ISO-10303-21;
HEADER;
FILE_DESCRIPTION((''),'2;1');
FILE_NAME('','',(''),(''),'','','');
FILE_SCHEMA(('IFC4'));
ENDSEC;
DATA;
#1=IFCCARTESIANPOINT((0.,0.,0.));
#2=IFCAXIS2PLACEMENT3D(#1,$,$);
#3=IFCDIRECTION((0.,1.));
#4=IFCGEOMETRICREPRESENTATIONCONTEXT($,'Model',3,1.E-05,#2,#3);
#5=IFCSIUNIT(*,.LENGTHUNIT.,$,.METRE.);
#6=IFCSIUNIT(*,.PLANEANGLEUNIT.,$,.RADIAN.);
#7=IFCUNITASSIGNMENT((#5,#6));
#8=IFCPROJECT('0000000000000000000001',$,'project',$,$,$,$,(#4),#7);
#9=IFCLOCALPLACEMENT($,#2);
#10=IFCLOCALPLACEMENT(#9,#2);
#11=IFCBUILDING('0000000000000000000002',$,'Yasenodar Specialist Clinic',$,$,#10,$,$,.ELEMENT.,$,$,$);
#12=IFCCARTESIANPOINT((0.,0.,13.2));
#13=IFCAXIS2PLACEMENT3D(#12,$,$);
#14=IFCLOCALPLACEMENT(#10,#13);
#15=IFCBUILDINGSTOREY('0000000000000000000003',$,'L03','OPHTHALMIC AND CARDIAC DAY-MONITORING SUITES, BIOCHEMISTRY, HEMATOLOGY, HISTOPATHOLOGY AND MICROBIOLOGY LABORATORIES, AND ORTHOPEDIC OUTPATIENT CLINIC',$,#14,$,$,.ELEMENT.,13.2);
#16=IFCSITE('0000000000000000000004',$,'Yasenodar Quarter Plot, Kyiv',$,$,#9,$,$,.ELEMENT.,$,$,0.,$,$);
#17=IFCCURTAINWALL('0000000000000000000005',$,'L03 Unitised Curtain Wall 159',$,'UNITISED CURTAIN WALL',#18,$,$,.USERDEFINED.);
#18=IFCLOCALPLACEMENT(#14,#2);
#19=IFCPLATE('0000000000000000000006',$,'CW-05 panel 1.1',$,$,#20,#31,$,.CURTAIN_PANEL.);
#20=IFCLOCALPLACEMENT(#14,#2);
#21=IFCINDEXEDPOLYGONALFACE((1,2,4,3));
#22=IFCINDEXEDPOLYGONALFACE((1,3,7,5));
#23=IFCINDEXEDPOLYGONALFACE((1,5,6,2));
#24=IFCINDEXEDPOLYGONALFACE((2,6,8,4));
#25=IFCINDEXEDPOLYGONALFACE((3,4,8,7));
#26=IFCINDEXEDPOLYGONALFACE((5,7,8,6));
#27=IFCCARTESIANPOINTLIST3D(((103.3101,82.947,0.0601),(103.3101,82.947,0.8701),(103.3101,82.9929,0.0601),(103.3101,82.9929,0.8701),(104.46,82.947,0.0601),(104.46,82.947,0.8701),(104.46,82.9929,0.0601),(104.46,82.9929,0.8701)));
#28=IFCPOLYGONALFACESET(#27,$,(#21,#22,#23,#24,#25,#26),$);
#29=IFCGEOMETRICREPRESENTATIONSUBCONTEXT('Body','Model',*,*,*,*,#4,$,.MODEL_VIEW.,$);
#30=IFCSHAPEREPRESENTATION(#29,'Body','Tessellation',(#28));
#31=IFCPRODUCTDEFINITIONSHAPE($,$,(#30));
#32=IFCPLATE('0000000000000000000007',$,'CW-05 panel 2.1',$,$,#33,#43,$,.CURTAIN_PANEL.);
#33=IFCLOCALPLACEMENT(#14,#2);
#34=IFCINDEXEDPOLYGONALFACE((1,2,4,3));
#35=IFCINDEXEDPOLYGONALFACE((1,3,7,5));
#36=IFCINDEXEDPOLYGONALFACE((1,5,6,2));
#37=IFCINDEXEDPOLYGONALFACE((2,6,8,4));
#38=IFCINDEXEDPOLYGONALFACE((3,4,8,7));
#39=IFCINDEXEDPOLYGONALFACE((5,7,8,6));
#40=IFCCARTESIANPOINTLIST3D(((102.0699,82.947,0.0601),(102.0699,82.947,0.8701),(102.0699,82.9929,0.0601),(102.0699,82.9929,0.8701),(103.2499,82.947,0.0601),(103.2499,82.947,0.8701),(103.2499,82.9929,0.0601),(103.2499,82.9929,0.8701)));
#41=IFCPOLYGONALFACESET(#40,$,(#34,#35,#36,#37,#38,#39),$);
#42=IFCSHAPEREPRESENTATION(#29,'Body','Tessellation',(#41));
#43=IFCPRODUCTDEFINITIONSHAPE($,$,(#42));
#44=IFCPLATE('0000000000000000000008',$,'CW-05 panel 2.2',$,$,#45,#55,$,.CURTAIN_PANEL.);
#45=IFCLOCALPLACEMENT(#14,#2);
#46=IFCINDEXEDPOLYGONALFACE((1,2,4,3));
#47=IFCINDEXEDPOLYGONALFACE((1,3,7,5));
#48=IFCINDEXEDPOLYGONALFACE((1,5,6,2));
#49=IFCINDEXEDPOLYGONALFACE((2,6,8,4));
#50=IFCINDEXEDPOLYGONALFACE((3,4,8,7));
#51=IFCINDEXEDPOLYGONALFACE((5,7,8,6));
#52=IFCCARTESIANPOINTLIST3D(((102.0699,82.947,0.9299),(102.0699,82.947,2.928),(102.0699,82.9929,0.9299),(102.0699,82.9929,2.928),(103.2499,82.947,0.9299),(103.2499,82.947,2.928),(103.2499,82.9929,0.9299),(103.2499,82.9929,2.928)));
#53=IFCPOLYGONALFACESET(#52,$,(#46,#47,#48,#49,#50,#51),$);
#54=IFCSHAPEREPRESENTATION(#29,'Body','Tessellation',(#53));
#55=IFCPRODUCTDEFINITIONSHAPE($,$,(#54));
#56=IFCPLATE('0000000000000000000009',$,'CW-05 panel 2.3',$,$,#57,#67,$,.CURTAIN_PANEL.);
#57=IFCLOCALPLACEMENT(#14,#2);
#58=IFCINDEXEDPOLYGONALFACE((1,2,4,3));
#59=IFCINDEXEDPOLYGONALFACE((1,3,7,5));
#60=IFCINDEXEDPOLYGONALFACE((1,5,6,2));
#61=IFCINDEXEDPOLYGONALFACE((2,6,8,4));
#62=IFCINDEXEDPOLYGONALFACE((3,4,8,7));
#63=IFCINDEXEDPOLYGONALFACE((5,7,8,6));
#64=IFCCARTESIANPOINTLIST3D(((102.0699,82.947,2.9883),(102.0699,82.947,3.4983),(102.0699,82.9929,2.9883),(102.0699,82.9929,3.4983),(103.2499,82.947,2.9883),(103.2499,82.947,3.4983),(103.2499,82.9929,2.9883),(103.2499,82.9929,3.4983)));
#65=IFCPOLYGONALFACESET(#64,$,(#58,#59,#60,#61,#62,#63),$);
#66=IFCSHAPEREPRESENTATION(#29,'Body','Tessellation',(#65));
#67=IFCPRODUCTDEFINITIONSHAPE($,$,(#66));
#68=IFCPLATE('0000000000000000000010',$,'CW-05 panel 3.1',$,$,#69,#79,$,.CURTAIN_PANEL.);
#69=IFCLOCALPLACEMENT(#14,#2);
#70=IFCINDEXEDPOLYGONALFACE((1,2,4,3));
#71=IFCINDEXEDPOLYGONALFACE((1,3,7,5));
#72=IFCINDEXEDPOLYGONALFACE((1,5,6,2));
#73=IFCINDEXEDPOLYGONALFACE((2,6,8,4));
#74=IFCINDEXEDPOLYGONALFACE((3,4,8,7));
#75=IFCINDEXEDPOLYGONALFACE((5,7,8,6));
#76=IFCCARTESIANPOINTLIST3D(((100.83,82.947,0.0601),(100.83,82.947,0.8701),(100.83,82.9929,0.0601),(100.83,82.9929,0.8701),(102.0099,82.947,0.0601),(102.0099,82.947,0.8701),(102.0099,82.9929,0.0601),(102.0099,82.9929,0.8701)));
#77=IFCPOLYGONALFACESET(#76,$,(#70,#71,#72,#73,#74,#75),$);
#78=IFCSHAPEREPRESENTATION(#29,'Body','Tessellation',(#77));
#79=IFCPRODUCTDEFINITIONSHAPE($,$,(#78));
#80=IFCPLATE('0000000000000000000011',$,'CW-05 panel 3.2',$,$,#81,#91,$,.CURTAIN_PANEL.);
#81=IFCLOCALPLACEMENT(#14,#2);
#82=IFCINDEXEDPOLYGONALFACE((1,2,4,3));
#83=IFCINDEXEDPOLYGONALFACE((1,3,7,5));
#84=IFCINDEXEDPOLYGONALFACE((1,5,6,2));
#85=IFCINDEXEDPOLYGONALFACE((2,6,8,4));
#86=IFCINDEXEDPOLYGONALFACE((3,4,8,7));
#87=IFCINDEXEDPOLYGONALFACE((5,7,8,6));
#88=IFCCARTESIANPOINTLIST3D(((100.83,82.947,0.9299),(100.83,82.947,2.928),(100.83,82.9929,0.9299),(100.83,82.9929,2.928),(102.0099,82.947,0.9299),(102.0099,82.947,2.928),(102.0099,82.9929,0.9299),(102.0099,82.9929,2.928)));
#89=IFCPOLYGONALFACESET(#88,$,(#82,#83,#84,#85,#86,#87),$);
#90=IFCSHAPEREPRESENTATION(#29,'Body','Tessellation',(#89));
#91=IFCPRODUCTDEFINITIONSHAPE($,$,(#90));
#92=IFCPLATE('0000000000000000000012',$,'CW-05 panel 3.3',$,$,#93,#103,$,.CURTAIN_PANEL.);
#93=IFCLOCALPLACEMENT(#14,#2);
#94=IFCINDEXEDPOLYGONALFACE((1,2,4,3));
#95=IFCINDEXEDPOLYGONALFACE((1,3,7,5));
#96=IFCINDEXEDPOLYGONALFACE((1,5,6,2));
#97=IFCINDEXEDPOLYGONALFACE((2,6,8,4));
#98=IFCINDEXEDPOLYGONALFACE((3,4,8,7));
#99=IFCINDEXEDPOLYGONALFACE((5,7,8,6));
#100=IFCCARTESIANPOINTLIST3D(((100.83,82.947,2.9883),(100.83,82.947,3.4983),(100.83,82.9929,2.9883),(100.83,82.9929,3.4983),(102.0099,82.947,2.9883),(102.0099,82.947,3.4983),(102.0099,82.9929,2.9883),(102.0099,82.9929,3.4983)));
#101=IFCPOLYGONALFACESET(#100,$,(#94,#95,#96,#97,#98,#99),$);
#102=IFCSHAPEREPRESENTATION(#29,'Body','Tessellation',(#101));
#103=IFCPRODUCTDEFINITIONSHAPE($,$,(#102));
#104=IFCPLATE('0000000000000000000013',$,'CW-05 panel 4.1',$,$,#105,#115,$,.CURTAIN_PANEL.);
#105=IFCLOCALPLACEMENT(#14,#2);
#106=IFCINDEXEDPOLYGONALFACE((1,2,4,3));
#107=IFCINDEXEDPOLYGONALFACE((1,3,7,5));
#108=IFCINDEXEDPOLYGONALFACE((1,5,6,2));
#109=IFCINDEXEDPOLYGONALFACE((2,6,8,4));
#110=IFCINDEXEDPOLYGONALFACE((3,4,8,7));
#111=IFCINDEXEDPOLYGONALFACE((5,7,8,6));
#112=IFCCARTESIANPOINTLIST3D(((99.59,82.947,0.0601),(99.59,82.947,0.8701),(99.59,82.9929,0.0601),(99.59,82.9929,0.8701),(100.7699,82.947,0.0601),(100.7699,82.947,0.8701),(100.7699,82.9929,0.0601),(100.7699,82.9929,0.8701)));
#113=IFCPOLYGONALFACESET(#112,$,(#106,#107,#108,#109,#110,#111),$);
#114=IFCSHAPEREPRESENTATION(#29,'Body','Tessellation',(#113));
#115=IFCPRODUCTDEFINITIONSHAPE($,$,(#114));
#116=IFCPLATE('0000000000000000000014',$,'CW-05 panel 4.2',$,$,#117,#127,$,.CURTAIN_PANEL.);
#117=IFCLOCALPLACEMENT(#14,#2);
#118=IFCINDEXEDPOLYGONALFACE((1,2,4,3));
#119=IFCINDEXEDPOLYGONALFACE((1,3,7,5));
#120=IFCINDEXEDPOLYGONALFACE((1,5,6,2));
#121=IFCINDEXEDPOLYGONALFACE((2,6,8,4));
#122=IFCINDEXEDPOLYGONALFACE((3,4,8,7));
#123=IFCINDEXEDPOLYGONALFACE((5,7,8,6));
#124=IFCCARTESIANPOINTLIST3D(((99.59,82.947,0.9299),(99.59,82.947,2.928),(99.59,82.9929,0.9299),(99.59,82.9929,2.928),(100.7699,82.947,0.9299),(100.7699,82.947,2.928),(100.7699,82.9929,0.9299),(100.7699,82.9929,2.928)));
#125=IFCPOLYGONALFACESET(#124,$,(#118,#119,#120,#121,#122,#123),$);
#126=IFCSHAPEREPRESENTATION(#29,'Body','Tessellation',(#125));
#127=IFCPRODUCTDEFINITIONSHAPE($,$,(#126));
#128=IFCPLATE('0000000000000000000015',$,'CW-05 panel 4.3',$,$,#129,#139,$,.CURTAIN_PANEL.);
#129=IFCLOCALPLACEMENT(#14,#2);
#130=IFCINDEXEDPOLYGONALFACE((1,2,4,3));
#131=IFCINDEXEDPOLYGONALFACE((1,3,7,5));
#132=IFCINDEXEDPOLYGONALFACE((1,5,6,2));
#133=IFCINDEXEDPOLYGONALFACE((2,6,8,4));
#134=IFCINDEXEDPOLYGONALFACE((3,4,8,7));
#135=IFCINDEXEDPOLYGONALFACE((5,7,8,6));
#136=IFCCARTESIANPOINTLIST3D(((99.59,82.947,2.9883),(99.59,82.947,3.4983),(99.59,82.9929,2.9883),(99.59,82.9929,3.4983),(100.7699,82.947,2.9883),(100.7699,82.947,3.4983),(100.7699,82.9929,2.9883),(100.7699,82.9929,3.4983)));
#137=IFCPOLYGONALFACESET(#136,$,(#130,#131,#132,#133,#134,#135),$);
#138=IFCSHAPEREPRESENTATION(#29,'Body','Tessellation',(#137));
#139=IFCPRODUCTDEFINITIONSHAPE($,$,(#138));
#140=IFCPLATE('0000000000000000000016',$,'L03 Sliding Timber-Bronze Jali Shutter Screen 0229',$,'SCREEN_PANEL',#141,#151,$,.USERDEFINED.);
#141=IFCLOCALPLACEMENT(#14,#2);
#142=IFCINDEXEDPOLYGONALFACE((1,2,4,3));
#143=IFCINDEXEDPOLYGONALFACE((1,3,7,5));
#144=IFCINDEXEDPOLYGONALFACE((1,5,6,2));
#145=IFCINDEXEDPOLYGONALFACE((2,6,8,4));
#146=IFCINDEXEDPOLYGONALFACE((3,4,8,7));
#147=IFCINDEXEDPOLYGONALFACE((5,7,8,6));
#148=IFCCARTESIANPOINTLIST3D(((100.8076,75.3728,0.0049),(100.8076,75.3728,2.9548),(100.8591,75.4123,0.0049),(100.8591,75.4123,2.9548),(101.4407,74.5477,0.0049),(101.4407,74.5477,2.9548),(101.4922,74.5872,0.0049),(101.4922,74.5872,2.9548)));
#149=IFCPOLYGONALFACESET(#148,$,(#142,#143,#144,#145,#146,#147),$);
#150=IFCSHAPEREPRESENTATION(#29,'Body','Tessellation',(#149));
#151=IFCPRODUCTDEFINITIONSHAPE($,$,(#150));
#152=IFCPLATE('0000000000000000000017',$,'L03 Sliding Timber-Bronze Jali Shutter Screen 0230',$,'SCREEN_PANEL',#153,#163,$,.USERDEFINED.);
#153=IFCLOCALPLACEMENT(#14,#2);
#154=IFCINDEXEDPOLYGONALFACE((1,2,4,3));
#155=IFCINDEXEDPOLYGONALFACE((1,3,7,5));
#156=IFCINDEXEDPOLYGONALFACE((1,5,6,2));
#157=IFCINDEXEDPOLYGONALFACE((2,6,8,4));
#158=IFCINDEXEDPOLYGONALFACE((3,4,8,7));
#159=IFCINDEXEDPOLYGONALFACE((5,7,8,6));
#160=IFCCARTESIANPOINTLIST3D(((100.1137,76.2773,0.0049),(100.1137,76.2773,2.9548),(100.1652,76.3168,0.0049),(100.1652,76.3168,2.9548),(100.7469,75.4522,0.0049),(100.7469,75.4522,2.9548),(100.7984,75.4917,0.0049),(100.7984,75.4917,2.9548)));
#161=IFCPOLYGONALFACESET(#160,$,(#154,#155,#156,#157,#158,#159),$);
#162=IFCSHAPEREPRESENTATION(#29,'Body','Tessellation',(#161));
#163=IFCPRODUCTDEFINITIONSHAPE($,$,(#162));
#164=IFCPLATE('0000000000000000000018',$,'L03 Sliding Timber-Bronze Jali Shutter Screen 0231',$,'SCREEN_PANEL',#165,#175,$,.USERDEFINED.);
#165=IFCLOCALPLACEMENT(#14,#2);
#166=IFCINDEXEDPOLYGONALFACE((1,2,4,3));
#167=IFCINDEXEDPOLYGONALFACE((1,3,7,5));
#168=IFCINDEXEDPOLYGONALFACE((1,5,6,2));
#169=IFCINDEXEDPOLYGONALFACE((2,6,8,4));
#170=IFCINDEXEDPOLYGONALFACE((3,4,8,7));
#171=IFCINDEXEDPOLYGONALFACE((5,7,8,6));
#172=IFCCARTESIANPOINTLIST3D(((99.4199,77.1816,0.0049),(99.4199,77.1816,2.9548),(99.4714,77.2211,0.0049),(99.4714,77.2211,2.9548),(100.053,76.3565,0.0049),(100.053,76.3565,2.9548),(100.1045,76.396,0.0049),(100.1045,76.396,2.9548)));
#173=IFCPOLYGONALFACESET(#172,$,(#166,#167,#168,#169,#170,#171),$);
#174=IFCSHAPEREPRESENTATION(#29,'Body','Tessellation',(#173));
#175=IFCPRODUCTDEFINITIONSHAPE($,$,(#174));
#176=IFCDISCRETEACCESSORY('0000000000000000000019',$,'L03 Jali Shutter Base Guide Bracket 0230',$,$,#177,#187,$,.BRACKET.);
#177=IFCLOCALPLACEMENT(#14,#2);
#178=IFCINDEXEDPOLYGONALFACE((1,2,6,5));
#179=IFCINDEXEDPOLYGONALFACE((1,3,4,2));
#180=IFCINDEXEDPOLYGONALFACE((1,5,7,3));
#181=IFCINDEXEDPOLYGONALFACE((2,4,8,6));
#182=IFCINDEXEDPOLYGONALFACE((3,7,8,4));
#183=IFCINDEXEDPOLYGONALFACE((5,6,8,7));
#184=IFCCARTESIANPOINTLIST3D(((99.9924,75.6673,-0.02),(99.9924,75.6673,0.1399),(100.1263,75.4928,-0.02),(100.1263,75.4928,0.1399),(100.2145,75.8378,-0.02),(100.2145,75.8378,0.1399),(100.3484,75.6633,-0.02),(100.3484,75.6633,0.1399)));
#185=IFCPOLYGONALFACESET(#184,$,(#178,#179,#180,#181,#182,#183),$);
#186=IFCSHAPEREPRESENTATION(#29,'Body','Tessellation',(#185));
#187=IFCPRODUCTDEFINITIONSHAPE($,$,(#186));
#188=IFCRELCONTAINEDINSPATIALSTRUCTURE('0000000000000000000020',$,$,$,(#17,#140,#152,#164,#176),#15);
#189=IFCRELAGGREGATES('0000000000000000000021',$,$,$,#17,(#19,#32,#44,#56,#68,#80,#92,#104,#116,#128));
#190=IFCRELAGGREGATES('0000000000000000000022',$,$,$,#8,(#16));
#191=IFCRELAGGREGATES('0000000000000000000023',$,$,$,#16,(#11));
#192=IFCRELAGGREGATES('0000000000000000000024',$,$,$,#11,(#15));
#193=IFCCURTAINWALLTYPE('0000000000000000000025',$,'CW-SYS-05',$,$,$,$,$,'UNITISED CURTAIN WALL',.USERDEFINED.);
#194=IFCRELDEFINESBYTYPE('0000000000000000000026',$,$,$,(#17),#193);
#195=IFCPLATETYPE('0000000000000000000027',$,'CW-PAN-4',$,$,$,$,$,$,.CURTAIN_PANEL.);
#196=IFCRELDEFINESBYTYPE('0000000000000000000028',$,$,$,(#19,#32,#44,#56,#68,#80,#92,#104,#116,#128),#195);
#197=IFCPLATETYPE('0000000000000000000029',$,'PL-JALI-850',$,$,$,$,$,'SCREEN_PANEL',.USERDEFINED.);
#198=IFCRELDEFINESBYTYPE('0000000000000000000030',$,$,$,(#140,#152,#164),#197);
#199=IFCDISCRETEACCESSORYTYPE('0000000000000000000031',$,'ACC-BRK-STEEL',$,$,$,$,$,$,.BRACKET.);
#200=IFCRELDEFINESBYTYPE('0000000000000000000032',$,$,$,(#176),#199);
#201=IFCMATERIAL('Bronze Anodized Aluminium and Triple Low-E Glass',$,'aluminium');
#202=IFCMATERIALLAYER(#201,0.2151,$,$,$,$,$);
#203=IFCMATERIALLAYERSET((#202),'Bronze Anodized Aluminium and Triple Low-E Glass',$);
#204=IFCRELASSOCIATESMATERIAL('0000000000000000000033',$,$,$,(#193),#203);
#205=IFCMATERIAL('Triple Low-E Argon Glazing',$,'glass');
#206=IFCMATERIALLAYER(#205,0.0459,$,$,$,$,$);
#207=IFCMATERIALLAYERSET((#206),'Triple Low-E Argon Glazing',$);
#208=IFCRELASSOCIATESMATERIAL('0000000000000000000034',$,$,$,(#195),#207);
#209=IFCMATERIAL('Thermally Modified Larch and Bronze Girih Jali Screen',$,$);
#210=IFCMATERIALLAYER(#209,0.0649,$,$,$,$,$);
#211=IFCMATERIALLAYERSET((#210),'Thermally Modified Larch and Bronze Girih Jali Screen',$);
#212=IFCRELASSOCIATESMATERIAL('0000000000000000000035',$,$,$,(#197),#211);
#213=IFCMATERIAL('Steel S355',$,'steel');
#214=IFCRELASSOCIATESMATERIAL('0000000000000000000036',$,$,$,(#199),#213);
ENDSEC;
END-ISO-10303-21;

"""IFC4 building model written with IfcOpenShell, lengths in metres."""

from ifc_helpers import new_model, si_unit, direction, frame, origin, origin_2d, place, context, subcontext, project, spatial, rectangle, extrude, material, layer, layer_set, type_object, element, aggregate, save


model = new_model("IFC4")

# Units and contexts
model_context = context("Model", 3, precision=1e-05, world=origin(), true_north=direction((0.0, 1.0)))
body_context = subcontext(model_context, "Body", "Model", "MODEL_VIEW")
ifc_project = project(units=[si_unit("LENGTHUNIT", "METRE"), si_unit("PLANEANGLEUNIT", "RADIAN")], contexts=[model_context])

# Site, building, storey
site_placement = place(None, origin())
site = spatial("IfcSite", under=ifc_project, at=site_placement, Name="Yasenodar Quarter Plot, Kyiv", CompositionType="ELEMENT", RefElevation=0.0)
building_placement = place(site_placement, origin())
building = spatial("IfcBuilding", under=site, at=building_placement, Name="Yasenodar Specialist Clinic", CompositionType="ELEMENT")
storey_placement = place(building_placement, frame((0.0, 0.0, 13.2)))
storey = spatial("IfcBuildingStorey", under=building, at=storey_placement, Name="L03", Description="OPHTHALMIC AND CARDIAC DAY-MONITORING SUITES, BIOCHEMISTRY, HEMATOLOGY, HISTOPATHOLOGY AND MICROBIOLOGY LABORATORIES, AND ORTHOPEDIC OUTPATIENT CLINIC", CompositionType="ELEMENT", Elevation=13.2)

# Curtain wall, plates
ifc_material_1 = material(Name="Bronze Anodized Aluminium and Triple Low-E Glass", Category="aluminium")
ifc_layer_1 = layer(ifc_material_1, 0.2151)
ifc_layer_set_1 = layer_set([ifc_layer_1], Name="Bronze Anodized Aluminium and Triple Low-E Glass")
curtain_wall_type = type_object("IfcCurtainWallType", Name="CW-SYS-05", ElementType="UNITISED CURTAIN WALL", PredefinedType="USERDEFINED", material=ifc_layer_set_1)
curtain_wall_placement = place(storey_placement, origin())
curtain_wall = element("IfcCurtainWall", 1, at=curtain_wall_placement, inside=storey, type_object=curtain_wall_type, Name="L03 Unitised Curtain Wall 159", ObjectType="UNITISED CURTAIN WALL", PredefinedType="USERDEFINED")
ifc_material_2 = material(Name="Triple Low-E Argon Glazing", Category="glass")
ifc_layer_2 = layer(ifc_material_2, 0.0459)
ifc_layer_set_2 = layer_set([ifc_layer_2], Name="Triple Low-E Argon Glazing")
plate_type_1 = type_object("IfcPlateType", Name="CW-PAN-4", PredefinedType="CURTAIN_PANEL", material=ifc_layer_set_2)
plate_1_placement = place(storey_placement, frame((103.885, 82.97, 0.0601), z_axis=(0.0, 0.0, 1.0), x_axis=(-1.0, 0.0, 0.0)))
plate_1 = element("IfcPlate", 2, at=plate_1_placement, type_object=plate_type_1, Name="CW-05 panel 1.1", PredefinedType="CURTAIN_PANEL", context=body_context, shape_type="SweptSolid", body=[
    extrude(rectangle(XDim=1.1499, YDim=0.0459, at=origin_2d()), origin(), (0.0, 0.0, 1.0), 0.8101),
])
plate_2_placement = place(storey_placement, frame((102.6599, 82.97, 0.0601), z_axis=(0.0, 0.0, 1.0), x_axis=(-1.0, 0.0, 0.0)))
plate_2 = element("IfcPlate", 3, at=plate_2_placement, type_object=plate_type_1, Name="CW-05 panel 2.1", PredefinedType="CURTAIN_PANEL", context=body_context, shape_type="SweptSolid", body=[
    extrude(rectangle(XDim=1.1799, YDim=0.0459, at=origin_2d()), origin(), (0.0, 0.0, 1.0), 0.8101),
])
plate_3_placement = place(storey_placement, frame((102.6599, 82.97, 0.9299), z_axis=(0.0, 0.0, 1.0), x_axis=(-1.0, 0.0, 0.0)))
plate_3 = element("IfcPlate", 4, at=plate_3_placement, type_object=plate_type_1, Name="CW-05 panel 2.2", PredefinedType="CURTAIN_PANEL", context=body_context, shape_type="SweptSolid", body=[
    extrude(rectangle(XDim=1.1799, YDim=0.0459, at=origin_2d()), origin(), (0.0, 0.0, 1.0), 1.998),
])
plate_4_placement = place(storey_placement, frame((102.6599, 82.97, 2.9883), z_axis=(0.0, 0.0, 1.0), x_axis=(-1.0, 0.0, 0.0)))
plate_4 = element("IfcPlate", 5, at=plate_4_placement, type_object=plate_type_1, Name="CW-05 panel 2.3", PredefinedType="CURTAIN_PANEL", context=body_context, shape_type="SweptSolid", body=[
    extrude(rectangle(XDim=1.1799, YDim=0.0459, at=origin_2d()), origin(), (0.0, 0.0, 1.0), 0.51),
])
plate_5_placement = place(storey_placement, frame((101.4199, 82.97, 0.0601), z_axis=(0.0, 0.0, 1.0), x_axis=(-1.0, 0.0, 0.0)))
plate_5 = element("IfcPlate", 6, at=plate_5_placement, type_object=plate_type_1, Name="CW-05 panel 3.1", PredefinedType="CURTAIN_PANEL", context=body_context, shape_type="SweptSolid", body=[
    extrude(rectangle(XDim=1.1799, YDim=0.0459, at=origin_2d()), origin(), (0.0, 0.0, 1.0), 0.8101),
])
plate_6_placement = place(storey_placement, frame((101.4199, 82.97, 0.9299), z_axis=(0.0, 0.0, 1.0), x_axis=(-1.0, 0.0, 0.0)))
plate_6 = element("IfcPlate", 7, at=plate_6_placement, type_object=plate_type_1, Name="CW-05 panel 3.2", PredefinedType="CURTAIN_PANEL", context=body_context, shape_type="SweptSolid", body=[
    extrude(rectangle(XDim=1.1799, YDim=0.0459, at=origin_2d()), origin(), (0.0, 0.0, 1.0), 1.998),
])
plate_7_placement = place(storey_placement, frame((101.4199, 82.97, 2.9883), z_axis=(0.0, 0.0, 1.0), x_axis=(-1.0, 0.0, 0.0)))
plate_7 = element("IfcPlate", 8, at=plate_7_placement, type_object=plate_type_1, Name="CW-05 panel 3.3", PredefinedType="CURTAIN_PANEL", context=body_context, shape_type="SweptSolid", body=[
    extrude(rectangle(XDim=1.1799, YDim=0.0459, at=origin_2d()), origin(), (0.0, 0.0, 1.0), 0.51),
])
plate_8_placement = place(storey_placement, frame((100.1799, 82.97, 0.0601), z_axis=(0.0, 0.0, 1.0), x_axis=(-1.0, 0.0, 0.0)))
plate_8 = element("IfcPlate", 9, at=plate_8_placement, type_object=plate_type_1, Name="CW-05 panel 4.1", PredefinedType="CURTAIN_PANEL", context=body_context, shape_type="SweptSolid", body=[
    extrude(rectangle(XDim=1.1799, YDim=0.0459, at=origin_2d()), origin(), (0.0, 0.0, 1.0), 0.8101),
])
plate_9_placement = place(storey_placement, frame((100.1799, 82.97, 0.9299), z_axis=(0.0, 0.0, 1.0), x_axis=(-1.0, 0.0, 0.0)))
plate_9 = element("IfcPlate", 10, at=plate_9_placement, type_object=plate_type_1, Name="CW-05 panel 4.2", PredefinedType="CURTAIN_PANEL", context=body_context, shape_type="SweptSolid", body=[
    extrude(rectangle(XDim=1.1799, YDim=0.0459, at=origin_2d()), origin(), (0.0, 0.0, 1.0), 1.998),
])
plate_10_placement = place(storey_placement, frame((100.1799, 82.97, 2.9883), z_axis=(0.0, 0.0, 1.0), x_axis=(-1.0, 0.0, 0.0)))
plate_10 = element("IfcPlate", 11, at=plate_10_placement, type_object=plate_type_1, Name="CW-05 panel 4.3", PredefinedType="CURTAIN_PANEL", context=body_context, shape_type="SweptSolid", body=[
    extrude(rectangle(XDim=1.1799, YDim=0.0459, at=origin_2d()), origin(), (0.0, 0.0, 1.0), 0.51),
])
aggregate(curtain_wall, [plate_1, plate_2, plate_3, plate_4, plate_5, plate_6, plate_7, plate_8, plate_9, plate_10])

# Plates
ifc_material_3 = material(Name="Thermally Modified Larch and Bronze Girih Jali Screen")
ifc_layer_3 = layer(ifc_material_3, 0.0649)
ifc_layer_set_3 = layer_set([ifc_layer_3], Name="Thermally Modified Larch and Bronze Girih Jali Screen")
plate_type_2 = type_object("IfcPlateType", Name="PL-JALI-850", ElementType="SCREEN_PANEL", PredefinedType="USERDEFINED", material=ifc_layer_set_3)
for number, where, z_axis, x_axis, name in (
    (12, (101.1499, 74.98, 0.0049), (0.0, 0.0, 1.0), (-0.608764, 0.793351, 0.0), "L03 Sliding Timber-Bronze Jali Shutter Screen 0229"),
    (13, (100.4561, 75.8845, 0.0049), (0.0, 0.0, 1.0), (-0.608764, 0.793351, 0.0), "L03 Sliding Timber-Bronze Jali Shutter Screen 0230"),
    (14, (99.7622, 76.7888, 0.0049), (0.0, 0.0, 1.0), (-0.608764, 0.793351, 0.0), "L03 Sliding Timber-Bronze Jali Shutter Screen 0231"),
):
    element("IfcPlate", number, at=place(storey_placement, frame(where, z_axis=z_axis, x_axis=x_axis)), inside=storey, type_object=plate_type_2, Name=name, ObjectType="SCREEN_PANEL", PredefinedType="USERDEFINED", context=body_context, shape_type="SweptSolid", body=[
        extrude(rectangle(XDim=1.04, YDim=0.0649, at=origin_2d()), origin(), (0.0, 0.0, 1.0), 2.95),
    ])

# Discrete accessory
ifc_material_4 = material(Name="Steel S355", Category="steel")
discrete_accessory_type = type_object("IfcDiscreteAccessoryType", Name="ACC-BRK-STEEL", PredefinedType="BRACKET", material=ifc_material_4)
discrete_accessory_placement = place(storey_placement, frame((100.1704, 75.6653, -0.02), z_axis=(0.0, 0.0, 1.0), x_axis=(-0.608764, 0.793351, 0.0)))
element("IfcDiscreteAccessory", 15, at=discrete_accessory_placement, inside=storey, type_object=discrete_accessory_type, Name="L03 Jali Shutter Base Guide Bracket 0230", PredefinedType="BRACKET", context=body_context, shape_type="SweptSolid", body=[
    extrude(rectangle(XDim=0.22, YDim=0.28, at=origin_2d()), origin(), (0.0, 0.0, 1.0), 0.1599),
])

save(model, "model.ifc")
